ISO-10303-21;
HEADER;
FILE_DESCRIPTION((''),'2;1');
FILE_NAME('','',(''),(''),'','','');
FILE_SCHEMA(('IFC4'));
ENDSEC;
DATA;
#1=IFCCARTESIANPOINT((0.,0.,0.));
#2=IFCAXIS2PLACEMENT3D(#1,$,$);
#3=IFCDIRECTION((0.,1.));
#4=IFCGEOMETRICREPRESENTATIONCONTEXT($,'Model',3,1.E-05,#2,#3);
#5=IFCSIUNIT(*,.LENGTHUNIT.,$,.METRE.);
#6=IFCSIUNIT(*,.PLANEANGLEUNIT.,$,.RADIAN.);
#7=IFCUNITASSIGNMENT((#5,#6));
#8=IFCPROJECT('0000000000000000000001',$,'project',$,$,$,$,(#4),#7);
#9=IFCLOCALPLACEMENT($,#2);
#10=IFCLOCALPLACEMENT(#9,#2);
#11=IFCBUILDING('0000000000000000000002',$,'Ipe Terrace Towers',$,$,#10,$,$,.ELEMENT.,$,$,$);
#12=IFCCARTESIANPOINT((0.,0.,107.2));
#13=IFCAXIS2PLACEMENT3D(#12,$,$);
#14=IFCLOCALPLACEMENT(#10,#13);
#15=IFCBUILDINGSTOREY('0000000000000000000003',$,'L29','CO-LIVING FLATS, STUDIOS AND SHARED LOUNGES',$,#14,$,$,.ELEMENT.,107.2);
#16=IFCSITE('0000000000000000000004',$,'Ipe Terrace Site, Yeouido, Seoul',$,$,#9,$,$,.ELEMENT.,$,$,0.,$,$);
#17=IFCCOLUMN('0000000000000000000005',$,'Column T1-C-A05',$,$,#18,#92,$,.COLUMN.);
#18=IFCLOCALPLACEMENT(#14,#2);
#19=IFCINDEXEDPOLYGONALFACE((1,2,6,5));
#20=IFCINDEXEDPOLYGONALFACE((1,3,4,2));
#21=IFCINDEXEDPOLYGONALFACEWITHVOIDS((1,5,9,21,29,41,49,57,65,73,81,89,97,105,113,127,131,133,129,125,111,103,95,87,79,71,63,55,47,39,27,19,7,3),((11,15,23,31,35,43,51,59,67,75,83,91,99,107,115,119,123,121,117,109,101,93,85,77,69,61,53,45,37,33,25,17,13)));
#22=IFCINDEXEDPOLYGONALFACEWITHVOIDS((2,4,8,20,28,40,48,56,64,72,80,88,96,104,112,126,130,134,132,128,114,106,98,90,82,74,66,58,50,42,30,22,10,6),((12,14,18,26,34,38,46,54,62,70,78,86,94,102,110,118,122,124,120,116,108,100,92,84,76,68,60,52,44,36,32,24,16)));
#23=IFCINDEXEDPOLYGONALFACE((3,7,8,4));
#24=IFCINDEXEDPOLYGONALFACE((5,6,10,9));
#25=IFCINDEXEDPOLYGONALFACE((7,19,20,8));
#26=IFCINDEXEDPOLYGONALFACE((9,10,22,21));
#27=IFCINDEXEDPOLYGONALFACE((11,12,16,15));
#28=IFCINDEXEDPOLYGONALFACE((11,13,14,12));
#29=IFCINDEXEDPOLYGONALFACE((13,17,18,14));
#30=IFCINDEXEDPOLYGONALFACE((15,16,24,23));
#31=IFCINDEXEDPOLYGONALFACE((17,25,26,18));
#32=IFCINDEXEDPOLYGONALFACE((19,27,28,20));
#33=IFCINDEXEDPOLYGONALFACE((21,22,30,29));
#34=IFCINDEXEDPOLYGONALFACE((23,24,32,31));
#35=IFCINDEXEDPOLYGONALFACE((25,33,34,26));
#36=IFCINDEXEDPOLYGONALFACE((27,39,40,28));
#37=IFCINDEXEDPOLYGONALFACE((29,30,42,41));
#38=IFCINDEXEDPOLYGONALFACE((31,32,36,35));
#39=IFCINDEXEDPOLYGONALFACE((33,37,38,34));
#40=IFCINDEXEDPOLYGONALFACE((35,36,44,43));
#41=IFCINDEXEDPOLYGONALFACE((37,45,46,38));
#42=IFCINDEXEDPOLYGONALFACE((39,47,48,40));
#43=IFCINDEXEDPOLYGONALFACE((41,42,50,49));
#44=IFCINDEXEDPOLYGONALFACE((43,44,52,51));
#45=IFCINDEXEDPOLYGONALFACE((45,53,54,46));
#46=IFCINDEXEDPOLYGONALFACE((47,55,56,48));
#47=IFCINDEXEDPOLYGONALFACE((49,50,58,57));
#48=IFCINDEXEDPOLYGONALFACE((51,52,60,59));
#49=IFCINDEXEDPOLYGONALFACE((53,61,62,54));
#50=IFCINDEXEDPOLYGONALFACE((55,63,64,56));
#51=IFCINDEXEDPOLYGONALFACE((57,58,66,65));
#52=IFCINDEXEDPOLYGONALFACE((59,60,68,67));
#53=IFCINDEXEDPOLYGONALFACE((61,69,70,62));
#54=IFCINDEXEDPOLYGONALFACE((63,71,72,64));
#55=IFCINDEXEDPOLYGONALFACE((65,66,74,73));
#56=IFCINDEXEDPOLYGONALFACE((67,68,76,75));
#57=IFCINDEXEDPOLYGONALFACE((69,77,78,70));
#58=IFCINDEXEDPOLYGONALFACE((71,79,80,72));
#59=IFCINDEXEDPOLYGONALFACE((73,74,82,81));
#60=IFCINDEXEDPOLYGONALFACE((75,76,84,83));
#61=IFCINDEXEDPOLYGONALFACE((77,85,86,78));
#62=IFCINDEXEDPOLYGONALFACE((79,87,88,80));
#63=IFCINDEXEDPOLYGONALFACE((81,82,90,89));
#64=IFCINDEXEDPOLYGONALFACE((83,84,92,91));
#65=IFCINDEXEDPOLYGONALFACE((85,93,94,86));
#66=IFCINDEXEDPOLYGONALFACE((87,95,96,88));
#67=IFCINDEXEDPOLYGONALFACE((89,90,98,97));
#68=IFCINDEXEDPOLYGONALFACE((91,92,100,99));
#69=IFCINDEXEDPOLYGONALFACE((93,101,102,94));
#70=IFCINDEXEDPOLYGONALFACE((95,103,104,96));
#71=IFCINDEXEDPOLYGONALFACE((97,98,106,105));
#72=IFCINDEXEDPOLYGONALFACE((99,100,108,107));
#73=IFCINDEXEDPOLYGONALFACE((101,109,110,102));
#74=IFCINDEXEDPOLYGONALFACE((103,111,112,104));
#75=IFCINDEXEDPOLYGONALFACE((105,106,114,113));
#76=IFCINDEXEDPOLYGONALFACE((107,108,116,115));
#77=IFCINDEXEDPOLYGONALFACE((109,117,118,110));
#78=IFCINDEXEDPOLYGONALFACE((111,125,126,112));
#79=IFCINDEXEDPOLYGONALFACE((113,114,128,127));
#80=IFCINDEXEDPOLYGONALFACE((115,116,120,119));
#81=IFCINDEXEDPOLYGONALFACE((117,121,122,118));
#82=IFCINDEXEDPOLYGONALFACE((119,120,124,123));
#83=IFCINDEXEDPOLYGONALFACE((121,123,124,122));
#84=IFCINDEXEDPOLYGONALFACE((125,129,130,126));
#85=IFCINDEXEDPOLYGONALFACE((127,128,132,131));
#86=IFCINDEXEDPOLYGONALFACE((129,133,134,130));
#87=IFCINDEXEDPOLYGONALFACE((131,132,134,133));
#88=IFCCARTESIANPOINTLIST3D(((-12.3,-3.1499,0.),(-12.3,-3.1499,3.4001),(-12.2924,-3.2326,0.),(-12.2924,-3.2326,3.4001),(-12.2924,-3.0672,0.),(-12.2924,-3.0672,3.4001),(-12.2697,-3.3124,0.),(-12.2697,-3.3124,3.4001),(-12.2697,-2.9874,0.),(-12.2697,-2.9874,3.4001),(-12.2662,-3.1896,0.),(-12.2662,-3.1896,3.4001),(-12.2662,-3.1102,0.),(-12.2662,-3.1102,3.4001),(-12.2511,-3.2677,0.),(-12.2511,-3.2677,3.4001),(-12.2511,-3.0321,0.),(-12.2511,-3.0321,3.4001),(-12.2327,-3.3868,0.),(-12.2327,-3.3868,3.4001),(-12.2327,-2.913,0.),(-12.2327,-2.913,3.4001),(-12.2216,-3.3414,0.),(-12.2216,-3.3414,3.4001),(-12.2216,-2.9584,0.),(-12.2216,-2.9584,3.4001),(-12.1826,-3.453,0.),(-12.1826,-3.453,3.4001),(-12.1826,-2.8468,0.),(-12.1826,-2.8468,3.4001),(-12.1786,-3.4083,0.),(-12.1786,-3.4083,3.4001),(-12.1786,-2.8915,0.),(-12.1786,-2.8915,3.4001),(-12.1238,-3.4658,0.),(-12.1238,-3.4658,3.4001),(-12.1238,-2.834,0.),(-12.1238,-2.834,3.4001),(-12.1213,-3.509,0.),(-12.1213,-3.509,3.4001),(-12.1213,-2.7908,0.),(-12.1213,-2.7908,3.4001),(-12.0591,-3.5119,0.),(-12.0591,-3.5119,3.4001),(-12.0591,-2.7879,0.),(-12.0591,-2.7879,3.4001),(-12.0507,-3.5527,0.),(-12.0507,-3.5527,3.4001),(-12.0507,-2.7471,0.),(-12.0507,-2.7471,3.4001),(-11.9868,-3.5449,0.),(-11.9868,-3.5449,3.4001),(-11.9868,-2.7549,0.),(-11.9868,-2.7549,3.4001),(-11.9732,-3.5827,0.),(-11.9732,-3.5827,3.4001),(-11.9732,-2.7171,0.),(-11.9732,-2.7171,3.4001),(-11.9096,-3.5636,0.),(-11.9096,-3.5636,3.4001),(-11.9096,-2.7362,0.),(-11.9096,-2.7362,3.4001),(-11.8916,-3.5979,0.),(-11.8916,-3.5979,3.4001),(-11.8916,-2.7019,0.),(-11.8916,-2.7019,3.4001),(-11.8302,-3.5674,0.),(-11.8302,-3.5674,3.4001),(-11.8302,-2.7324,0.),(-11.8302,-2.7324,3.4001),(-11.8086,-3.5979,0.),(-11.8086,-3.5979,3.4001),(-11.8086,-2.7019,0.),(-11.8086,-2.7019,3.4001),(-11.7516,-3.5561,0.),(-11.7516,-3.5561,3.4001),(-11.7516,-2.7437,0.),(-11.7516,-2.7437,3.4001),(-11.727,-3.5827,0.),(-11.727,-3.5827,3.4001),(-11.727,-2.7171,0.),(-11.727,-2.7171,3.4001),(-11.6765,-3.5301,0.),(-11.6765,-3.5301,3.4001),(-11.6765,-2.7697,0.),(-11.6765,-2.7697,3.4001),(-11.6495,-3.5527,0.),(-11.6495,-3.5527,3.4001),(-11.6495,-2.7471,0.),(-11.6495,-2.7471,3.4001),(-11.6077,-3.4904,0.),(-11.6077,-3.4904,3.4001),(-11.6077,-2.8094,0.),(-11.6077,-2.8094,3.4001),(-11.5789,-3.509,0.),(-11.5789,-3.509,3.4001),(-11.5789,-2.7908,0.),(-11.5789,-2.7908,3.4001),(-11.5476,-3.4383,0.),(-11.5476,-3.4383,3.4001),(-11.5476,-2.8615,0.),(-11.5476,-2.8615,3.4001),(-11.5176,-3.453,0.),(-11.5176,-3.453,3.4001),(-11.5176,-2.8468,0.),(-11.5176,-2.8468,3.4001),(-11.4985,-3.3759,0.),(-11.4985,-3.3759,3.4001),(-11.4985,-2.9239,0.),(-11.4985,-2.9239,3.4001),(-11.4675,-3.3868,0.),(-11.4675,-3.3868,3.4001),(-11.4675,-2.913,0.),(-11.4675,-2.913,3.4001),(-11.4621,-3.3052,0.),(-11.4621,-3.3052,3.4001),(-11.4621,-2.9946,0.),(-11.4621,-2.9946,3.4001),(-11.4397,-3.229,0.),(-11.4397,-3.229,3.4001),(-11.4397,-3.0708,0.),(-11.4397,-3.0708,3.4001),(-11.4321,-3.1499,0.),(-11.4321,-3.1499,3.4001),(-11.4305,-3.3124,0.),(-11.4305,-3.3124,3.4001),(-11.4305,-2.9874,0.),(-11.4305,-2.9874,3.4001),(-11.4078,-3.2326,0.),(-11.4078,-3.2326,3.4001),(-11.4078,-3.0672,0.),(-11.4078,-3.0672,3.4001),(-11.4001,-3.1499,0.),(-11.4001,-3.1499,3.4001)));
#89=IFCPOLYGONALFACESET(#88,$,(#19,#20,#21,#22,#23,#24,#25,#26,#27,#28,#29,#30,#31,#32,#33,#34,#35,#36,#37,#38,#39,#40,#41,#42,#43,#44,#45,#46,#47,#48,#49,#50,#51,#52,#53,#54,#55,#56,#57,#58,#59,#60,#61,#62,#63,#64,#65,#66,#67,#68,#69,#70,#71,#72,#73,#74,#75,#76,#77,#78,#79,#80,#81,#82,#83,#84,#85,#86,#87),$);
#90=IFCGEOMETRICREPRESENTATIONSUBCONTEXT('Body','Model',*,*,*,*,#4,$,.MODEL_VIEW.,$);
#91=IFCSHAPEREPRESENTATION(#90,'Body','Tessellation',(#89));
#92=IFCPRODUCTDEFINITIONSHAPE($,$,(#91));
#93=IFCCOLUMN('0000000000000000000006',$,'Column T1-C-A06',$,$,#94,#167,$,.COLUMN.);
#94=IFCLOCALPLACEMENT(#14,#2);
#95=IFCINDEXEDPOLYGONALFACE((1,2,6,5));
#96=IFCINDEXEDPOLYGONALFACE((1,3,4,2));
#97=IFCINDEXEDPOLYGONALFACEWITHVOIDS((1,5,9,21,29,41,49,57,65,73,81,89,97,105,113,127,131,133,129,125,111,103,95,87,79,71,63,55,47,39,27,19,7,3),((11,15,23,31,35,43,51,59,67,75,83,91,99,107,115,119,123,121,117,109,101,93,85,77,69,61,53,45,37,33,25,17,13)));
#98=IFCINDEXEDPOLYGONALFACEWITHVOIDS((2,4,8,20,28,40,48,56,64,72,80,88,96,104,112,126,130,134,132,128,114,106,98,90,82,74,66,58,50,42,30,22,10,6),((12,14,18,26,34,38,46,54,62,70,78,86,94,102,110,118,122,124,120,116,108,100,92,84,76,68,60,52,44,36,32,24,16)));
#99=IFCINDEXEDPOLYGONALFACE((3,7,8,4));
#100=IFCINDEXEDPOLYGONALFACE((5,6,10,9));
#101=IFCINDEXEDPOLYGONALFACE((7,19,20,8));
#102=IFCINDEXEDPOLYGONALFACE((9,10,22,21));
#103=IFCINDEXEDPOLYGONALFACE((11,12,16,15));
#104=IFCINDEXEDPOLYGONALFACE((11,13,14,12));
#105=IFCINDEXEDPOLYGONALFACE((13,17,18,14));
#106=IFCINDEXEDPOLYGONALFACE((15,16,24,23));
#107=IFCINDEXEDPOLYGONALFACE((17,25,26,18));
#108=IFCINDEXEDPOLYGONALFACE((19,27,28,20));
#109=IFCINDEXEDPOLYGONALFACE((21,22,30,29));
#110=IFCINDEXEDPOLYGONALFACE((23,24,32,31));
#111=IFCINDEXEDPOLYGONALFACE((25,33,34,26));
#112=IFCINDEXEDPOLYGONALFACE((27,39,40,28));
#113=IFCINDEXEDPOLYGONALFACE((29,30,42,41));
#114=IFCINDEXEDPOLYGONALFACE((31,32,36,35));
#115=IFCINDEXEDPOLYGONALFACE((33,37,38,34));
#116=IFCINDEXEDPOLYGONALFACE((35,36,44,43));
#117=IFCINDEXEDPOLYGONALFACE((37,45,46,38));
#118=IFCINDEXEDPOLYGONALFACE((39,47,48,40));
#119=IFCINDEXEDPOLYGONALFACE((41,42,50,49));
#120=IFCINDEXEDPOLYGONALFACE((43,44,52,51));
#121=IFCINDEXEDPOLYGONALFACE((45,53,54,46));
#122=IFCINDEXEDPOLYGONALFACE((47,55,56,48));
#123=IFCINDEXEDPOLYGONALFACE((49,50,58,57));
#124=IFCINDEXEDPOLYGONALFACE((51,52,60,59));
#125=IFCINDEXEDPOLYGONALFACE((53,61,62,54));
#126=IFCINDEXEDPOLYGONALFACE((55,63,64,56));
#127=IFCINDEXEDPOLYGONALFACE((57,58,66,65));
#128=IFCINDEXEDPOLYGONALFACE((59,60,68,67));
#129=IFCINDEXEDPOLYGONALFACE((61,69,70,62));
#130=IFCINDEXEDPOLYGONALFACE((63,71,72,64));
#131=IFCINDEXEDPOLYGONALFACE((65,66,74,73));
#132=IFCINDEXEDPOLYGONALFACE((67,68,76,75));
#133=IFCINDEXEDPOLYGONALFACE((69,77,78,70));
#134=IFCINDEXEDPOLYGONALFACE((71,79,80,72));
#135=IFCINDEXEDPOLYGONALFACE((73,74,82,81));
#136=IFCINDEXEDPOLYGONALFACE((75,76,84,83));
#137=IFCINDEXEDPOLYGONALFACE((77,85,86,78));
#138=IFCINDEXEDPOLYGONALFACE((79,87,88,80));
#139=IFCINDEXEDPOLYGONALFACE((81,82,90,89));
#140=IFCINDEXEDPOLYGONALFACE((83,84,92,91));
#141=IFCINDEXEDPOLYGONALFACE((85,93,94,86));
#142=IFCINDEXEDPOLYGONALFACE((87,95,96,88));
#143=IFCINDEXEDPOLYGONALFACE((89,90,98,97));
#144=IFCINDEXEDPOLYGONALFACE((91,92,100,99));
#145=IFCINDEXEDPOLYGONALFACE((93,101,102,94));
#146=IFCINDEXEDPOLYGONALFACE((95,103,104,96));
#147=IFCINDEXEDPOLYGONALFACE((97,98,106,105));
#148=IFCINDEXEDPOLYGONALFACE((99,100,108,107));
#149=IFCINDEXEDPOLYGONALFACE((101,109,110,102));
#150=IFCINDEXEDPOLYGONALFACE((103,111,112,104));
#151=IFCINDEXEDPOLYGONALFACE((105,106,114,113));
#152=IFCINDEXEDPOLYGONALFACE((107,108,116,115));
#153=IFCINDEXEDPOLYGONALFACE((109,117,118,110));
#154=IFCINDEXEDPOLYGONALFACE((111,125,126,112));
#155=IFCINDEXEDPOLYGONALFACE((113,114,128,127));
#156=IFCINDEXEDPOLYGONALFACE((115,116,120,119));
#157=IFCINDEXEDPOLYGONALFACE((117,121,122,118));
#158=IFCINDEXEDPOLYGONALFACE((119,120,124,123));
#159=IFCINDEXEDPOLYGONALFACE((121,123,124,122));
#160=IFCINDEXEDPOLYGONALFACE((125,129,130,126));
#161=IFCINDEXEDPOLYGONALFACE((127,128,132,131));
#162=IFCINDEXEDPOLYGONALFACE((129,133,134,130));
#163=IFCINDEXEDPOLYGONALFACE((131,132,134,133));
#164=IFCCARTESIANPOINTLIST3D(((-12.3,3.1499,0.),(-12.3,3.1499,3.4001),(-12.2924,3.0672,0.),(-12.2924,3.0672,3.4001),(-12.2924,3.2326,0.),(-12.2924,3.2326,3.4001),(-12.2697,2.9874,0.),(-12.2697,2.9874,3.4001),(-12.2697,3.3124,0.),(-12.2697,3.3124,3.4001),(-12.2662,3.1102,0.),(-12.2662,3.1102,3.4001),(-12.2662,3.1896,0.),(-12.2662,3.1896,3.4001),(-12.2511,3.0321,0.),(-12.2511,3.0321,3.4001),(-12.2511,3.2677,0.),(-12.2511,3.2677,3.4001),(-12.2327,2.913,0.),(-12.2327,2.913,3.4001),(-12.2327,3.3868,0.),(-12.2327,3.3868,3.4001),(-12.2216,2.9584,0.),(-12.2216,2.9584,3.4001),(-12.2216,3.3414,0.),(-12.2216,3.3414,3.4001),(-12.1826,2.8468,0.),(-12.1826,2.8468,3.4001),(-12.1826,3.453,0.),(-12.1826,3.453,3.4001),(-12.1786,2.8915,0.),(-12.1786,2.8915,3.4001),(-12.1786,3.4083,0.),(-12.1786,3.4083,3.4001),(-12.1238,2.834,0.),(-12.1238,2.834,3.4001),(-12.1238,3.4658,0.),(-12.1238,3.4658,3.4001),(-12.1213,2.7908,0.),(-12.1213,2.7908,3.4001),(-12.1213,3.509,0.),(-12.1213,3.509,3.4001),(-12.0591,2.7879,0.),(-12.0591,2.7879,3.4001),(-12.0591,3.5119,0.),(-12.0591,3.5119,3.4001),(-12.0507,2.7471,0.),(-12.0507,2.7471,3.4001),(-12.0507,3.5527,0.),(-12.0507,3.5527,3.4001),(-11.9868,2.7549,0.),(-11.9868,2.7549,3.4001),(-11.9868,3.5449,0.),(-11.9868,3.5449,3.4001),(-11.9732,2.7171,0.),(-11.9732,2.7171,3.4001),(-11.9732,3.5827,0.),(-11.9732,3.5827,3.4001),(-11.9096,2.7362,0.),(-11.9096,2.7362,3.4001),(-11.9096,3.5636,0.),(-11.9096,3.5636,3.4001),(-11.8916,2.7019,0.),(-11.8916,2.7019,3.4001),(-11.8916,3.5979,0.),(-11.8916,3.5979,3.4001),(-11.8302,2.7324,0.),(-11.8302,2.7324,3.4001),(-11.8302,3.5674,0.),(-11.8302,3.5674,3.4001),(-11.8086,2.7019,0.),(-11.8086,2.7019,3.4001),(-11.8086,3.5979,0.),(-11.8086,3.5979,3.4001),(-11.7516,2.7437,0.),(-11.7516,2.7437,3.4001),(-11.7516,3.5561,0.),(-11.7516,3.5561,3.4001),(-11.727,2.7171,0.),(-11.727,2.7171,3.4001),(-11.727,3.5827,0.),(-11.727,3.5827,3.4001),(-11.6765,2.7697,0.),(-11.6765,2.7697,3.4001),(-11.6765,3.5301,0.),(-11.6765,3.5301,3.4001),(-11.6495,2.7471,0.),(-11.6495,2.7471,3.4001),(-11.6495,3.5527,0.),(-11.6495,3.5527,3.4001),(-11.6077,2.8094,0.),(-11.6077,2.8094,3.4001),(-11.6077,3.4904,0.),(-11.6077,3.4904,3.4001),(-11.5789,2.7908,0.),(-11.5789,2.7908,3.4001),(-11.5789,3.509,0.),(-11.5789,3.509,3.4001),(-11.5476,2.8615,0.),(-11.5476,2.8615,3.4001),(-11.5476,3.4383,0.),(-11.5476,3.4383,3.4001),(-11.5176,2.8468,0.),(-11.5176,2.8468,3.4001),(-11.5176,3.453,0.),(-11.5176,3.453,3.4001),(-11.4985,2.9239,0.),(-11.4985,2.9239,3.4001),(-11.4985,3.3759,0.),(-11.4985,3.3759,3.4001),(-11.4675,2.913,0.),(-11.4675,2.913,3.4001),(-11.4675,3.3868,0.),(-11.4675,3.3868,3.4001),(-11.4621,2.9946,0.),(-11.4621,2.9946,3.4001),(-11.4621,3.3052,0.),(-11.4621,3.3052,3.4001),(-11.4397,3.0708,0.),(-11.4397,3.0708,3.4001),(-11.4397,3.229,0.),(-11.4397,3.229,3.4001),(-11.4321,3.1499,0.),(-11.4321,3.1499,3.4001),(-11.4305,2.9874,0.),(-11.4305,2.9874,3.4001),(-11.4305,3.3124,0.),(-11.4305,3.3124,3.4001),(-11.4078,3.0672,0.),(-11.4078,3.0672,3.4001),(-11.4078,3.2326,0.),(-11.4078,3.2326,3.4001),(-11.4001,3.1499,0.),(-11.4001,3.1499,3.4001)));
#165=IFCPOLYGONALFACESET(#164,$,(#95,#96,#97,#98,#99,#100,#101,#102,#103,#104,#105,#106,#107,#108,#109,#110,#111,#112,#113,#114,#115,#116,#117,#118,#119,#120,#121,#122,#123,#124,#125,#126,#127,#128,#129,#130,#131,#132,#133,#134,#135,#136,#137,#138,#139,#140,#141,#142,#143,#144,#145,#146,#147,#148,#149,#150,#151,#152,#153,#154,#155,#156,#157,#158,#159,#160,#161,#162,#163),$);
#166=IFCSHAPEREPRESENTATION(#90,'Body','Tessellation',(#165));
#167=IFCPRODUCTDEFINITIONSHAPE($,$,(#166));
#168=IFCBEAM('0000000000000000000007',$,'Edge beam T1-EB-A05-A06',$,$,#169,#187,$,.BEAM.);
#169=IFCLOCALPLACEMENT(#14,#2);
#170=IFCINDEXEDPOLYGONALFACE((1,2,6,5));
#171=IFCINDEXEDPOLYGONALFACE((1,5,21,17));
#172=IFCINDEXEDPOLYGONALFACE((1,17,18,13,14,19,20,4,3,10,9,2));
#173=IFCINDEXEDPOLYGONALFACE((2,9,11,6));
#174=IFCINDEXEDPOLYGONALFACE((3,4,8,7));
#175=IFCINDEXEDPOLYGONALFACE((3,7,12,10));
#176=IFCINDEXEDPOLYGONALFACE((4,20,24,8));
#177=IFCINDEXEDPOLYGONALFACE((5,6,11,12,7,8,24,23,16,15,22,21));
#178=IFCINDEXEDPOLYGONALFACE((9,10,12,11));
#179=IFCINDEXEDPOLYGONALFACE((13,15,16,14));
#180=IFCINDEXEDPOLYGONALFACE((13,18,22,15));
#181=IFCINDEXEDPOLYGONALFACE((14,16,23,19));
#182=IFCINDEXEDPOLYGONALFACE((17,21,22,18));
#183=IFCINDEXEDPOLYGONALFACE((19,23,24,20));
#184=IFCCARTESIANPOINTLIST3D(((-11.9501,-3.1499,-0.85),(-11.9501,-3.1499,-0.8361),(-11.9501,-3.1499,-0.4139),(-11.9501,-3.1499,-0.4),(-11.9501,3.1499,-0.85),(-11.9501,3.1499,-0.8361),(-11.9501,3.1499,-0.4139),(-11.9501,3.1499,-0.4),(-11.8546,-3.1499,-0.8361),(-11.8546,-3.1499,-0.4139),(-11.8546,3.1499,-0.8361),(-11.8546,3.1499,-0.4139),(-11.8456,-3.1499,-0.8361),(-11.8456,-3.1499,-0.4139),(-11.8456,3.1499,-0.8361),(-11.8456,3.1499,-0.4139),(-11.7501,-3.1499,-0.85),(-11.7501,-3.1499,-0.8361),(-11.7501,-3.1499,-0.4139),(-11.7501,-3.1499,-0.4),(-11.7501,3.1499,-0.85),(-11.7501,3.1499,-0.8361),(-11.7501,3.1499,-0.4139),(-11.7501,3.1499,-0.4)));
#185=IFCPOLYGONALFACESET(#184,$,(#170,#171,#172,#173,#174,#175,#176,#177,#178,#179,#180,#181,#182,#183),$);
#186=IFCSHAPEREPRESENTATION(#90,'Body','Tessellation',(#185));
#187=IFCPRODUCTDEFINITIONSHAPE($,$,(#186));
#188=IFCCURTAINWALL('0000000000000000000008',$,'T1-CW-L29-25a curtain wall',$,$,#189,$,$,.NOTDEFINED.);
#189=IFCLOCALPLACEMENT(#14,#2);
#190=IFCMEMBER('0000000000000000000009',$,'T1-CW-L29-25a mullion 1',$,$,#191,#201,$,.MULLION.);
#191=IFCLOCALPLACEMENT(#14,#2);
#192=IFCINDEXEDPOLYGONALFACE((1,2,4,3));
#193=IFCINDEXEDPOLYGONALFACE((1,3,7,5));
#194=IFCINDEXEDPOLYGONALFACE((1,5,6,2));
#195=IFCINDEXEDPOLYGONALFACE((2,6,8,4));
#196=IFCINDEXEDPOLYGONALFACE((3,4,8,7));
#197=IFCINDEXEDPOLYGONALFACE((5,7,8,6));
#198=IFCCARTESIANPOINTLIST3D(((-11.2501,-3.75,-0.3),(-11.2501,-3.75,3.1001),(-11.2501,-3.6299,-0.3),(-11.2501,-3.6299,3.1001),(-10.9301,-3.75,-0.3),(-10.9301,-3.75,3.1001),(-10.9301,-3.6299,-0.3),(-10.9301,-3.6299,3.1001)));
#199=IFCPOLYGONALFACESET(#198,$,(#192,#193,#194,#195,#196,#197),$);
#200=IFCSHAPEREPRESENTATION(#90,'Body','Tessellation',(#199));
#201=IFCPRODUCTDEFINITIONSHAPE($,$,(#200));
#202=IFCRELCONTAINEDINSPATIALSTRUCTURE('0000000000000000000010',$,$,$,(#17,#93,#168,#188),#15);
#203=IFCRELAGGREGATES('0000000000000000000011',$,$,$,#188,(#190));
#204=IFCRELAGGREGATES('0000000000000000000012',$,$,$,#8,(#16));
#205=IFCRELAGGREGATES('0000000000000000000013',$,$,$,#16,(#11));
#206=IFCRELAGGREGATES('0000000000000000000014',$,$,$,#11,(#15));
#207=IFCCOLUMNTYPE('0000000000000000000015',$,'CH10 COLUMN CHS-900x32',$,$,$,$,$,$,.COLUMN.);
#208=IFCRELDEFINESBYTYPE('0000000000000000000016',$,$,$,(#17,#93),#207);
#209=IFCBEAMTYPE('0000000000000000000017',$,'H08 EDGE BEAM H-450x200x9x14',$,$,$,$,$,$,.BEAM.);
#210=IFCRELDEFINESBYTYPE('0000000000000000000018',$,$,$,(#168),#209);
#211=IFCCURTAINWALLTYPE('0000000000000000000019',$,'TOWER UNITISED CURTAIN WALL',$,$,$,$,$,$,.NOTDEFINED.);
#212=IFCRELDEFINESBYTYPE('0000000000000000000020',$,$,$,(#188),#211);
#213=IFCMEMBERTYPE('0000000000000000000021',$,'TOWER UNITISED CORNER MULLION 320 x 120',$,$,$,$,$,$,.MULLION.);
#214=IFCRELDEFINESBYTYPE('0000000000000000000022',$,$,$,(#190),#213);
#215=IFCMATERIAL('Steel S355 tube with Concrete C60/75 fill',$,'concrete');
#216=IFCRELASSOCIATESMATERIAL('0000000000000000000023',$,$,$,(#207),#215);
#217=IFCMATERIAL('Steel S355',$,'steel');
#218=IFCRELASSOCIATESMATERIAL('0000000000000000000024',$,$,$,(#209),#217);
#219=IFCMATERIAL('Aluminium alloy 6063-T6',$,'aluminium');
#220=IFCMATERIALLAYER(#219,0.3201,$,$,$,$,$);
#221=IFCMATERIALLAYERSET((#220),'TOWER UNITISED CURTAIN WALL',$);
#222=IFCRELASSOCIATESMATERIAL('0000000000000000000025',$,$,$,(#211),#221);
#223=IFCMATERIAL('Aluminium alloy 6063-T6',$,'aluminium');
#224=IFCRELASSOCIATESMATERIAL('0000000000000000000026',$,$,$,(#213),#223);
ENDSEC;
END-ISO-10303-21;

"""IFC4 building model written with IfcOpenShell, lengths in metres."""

from ifc_helpers import new_model, si_unit, direction, frame, origin, origin_2d, place, context, subcontext, project, spatial, rectangle, hollow_circle, i_section, extrude, material, layer, layer_set, material_profile, profile_set, type_object, element, aggregate, save


model = new_model("IFC4")

# Units and contexts
model_context = context("Model", 3, precision=1e-05, world=origin(), true_north=direction((0.0, 1.0)))
body_context = subcontext(model_context, "Body", "Model", "MODEL_VIEW")
ifc_project = project(units=[si_unit("LENGTHUNIT", "METRE"), si_unit("PLANEANGLEUNIT", "RADIAN")], contexts=[model_context])

# Site, building, storey
site_placement = place(None, origin())
site = spatial("IfcSite", under=ifc_project, at=site_placement, Name="Ipe Terrace Site, Yeouido, Seoul", CompositionType="ELEMENT", RefElevation=0.0)
building_placement = place(site_placement, origin())
building = spatial("IfcBuilding", under=site, at=building_placement, Name="Ipe Terrace Towers", CompositionType="ELEMENT")
storey_placement = place(building_placement, frame((0.0, 0.0, 107.2)))
storey = spatial("IfcBuildingStorey", under=building, at=storey_placement, Name="L29", Description="CO-LIVING FLATS, STUDIOS AND SHARED LOUNGES", CompositionType="ELEMENT", Elevation=107.2)

# Columns
ifc_material_1 = material(Name="Steel S355 tube with Concrete C60/75 fill", Category="concrete")
ifc_material_profile_1 = material_profile(ifc_material_1, hollow_circle(Radius=0.45, WallThickness=0.032, at=origin_2d()), Name="CHS-900x32")
ifc_profile_set_1 = profile_set([ifc_material_profile_1], Name="Steel S355 tube with Concrete C60/75 fill")
column_type = type_object("IfcColumnType", Name="CH10 COLUMN CHS-900x32", PredefinedType="COLUMN", material=ifc_profile_set_1)
for number, where, z_axis, x_axis, name in (
    (1, (-11.8501, -3.1499, 0.0), (0.0, 0.0, 1.0), (1.0, 0.0, 0.0), "Column T1-C-A05"),
    (2, (-11.8501, 3.1499, 0.0), (0.0, 0.0, 1.0), (1.0, 0.0, 0.0), "Column T1-C-A06"),
):
    element("IfcColumn", number, at=place(storey_placement, frame(where, z_axis=z_axis, x_axis=x_axis)), inside=storey, type_object=column_type, Name=name, PredefinedType="COLUMN", context=body_context, shape_type="SweptSolid", body=[
        extrude(hollow_circle(Radius=0.45, WallThickness=0.032, at=origin_2d()), origin(), (0.0, 0.0, 1.0), 3.4001),
    ])

# Beam
ifc_material_2 = material(Name="Steel S355", Category="steel")
ifc_material_profile_2 = material_profile(ifc_material_2, i_section(OverallWidth=0.2, OverallDepth=0.45, WebThickness=0.009, FlangeThickness=0.0139, at=origin_2d()), Name="H-450x200x9x14")
ifc_profile_set_2 = profile_set([ifc_material_profile_2], Name="Steel S355")
beam_type = type_object("IfcBeamType", Name="H08 EDGE BEAM H-450x200x9x14", PredefinedType="BEAM", material=ifc_profile_set_2)
beam_placement = place(storey_placement, frame((-11.8501, -3.1499, -0.625), z_axis=(0.0, 1.0, 0.0), x_axis=(-1.0, 0.0, 0.0)))
element("IfcBeam", 3, at=beam_placement, inside=storey, type_object=beam_type, Name="Edge beam T1-EB-A05-A06", PredefinedType="BEAM", context=body_context, shape_type="SweptSolid", body=[
    extrude(i_section(OverallWidth=0.2, OverallDepth=0.45, WebThickness=0.009, FlangeThickness=0.0139, at=origin_2d()), origin(), (0.0, 0.0, 1.0), 6.2998),
])

# Curtain wall, member
ifc_material_3 = material(Name="Aluminium alloy 6063-T6", Category="aluminium")
ifc_layer_1 = layer(ifc_material_3, 0.3201)
ifc_layer_set_1 = layer_set([ifc_layer_1], Name="TOWER UNITISED CURTAIN WALL")
curtain_wall_type = type_object("IfcCurtainWallType", Name="TOWER UNITISED CURTAIN WALL", PredefinedType="NOTDEFINED", material=ifc_layer_set_1)
curtain_wall_placement = place(storey_placement, origin())
curtain_wall = element("IfcCurtainWall", 4, at=curtain_wall_placement, inside=storey, type_object=curtain_wall_type, Name="T1-CW-L29-25a curtain wall", PredefinedType="NOTDEFINED")
ifc_material_4 = material(Name="Aluminium alloy 6063-T6", Category="aluminium")
ifc_material_profile_3 = material_profile(ifc_material_4, rectangle(XDim=0.3201, YDim=0.1201, at=origin_2d()), Name="TOWER UNITISED CORNER MULLION 320 x 120")
ifc_profile_set_3 = profile_set([ifc_material_profile_3], Name="Aluminium alloy 6063-T6")
member_type_1 = type_object("IfcMemberType", Name="TOWER UNITISED CORNER MULLION 320 x 120", PredefinedType="MULLION", material=ifc_profile_set_3)
member_1_placement = place(storey_placement, frame((-11.0901, -3.6899, -0.3), z_axis=(0.0, 0.0, 1.0), x_axis=(1.0, 0.0, 0.0)))
member_1 = element("IfcMember", 5, at=member_1_placement, type_object=member_type_1, Name="T1-CW-L29-25a mullion 1", PredefinedType="MULLION", context=body_context, shape_type="SweptSolid", body=[
    extrude(rectangle(XDim=0.3201, YDim=0.1201, at=origin_2d()), origin(), (0.0, 0.0, 1.0), 3.4001),
])

aggregate(curtain_wall, [member_1])

save(model, "model.ifc")
